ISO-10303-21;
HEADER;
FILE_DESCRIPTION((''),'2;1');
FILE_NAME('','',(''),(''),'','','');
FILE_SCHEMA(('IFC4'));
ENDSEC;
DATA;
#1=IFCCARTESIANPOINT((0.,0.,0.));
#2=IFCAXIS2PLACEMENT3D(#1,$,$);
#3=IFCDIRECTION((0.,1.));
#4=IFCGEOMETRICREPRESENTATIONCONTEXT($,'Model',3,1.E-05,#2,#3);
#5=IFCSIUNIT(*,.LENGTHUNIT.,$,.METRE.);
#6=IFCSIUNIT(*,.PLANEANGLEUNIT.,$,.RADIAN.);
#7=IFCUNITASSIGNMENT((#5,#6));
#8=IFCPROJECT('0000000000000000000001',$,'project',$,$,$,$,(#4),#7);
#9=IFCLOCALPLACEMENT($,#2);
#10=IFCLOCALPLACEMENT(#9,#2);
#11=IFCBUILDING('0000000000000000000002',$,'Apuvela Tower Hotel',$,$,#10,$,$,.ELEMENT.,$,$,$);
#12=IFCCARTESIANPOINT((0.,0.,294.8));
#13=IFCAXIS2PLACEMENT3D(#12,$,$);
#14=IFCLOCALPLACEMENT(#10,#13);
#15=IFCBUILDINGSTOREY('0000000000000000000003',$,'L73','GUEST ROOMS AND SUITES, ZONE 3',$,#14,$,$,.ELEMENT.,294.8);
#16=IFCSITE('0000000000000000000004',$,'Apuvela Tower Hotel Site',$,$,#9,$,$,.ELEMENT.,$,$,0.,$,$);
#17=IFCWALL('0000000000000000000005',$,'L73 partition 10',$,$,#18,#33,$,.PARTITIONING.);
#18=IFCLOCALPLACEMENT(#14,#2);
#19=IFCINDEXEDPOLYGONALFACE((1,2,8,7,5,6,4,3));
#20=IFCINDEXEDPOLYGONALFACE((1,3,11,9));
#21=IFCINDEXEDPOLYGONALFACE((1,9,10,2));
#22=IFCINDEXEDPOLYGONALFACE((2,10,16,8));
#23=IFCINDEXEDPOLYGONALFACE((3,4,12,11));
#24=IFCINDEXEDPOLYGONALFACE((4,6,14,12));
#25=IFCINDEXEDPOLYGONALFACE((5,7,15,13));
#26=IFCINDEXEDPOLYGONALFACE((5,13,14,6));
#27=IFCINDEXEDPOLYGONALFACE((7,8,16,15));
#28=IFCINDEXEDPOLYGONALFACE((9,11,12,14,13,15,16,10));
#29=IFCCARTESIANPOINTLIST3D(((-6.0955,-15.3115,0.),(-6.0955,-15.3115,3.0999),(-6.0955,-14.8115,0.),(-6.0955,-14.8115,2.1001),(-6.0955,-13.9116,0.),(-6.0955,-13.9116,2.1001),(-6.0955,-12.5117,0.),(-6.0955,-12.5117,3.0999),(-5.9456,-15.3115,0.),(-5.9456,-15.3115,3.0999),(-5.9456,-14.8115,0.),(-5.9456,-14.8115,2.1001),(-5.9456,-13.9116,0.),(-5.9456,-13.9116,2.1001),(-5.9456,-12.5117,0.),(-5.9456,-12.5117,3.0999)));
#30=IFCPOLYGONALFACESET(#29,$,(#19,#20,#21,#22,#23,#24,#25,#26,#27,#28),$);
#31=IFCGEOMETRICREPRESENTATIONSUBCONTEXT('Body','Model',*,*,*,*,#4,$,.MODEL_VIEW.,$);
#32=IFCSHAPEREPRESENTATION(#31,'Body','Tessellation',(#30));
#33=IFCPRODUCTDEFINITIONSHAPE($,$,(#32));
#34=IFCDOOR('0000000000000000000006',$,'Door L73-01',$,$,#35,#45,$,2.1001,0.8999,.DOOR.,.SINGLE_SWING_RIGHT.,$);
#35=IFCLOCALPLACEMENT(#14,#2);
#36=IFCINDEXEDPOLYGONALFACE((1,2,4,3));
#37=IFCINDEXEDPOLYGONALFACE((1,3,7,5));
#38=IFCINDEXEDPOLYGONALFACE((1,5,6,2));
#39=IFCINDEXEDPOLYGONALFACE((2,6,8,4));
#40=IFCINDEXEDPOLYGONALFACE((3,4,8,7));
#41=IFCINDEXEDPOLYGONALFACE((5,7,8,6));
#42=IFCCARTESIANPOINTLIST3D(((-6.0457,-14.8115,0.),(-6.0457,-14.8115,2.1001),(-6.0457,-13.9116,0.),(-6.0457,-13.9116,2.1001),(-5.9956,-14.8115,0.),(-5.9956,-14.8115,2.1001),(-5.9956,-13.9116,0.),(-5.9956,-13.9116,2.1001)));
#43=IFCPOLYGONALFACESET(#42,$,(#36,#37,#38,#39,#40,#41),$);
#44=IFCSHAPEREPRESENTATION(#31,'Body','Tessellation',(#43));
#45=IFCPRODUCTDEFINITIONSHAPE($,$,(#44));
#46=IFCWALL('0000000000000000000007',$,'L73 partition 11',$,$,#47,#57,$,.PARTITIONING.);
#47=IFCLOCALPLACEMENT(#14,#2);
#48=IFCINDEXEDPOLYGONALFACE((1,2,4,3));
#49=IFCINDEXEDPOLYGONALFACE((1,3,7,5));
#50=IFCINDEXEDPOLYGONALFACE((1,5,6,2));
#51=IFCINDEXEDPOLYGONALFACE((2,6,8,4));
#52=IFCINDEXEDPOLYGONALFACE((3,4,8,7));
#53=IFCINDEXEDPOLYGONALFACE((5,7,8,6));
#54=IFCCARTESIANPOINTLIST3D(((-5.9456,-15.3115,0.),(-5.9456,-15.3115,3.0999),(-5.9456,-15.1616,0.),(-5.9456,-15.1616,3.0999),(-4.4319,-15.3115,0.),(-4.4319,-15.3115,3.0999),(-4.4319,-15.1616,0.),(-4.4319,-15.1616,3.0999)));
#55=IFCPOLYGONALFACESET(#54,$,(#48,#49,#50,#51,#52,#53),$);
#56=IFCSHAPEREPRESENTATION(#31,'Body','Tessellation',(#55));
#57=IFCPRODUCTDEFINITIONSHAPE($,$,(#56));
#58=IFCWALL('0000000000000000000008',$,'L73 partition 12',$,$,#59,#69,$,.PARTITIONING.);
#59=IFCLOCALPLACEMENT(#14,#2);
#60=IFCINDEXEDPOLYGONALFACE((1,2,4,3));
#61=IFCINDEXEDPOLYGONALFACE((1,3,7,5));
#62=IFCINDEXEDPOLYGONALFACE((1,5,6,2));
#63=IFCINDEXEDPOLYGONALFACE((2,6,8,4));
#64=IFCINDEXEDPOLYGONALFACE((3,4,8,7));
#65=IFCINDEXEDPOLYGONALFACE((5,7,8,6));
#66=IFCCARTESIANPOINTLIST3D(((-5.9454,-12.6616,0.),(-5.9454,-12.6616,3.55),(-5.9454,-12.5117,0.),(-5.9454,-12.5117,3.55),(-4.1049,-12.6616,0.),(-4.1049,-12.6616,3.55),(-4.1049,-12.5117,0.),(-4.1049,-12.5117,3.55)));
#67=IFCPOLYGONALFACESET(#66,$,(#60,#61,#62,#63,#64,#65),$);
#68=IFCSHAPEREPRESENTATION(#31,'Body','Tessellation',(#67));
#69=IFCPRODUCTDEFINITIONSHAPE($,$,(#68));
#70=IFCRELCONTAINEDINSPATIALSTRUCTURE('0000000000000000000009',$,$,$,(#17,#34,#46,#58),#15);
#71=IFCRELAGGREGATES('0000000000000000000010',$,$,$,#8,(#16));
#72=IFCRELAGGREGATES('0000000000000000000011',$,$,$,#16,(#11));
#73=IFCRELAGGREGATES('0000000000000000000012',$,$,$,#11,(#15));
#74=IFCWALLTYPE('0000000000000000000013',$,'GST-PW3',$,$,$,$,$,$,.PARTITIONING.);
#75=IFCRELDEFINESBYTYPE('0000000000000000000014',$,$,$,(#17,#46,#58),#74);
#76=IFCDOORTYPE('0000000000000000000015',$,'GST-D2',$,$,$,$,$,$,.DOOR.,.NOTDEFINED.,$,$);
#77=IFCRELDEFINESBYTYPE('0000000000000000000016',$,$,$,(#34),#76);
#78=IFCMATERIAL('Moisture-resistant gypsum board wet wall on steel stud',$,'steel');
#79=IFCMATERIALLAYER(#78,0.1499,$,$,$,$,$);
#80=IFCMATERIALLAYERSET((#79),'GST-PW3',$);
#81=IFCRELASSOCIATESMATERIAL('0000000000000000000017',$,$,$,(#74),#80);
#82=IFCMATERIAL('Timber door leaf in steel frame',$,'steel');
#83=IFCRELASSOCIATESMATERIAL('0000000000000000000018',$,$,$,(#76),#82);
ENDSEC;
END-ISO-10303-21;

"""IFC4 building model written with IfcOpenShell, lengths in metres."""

from ifc_helpers import new_model, si_unit, direction, frame, frame_2d, origin, place, context, subcontext, project, spatial, rectangle, extrude, material, layer, layer_set, type_object, element, fill, save


model = new_model("IFC4")

# Units and contexts
model_context = context("Model", 3, precision=1e-05, world=origin(), true_north=direction((0.0, 1.0)))
body_context = subcontext(model_context, "Body", "Model", "MODEL_VIEW")
ifc_project = project(units=[si_unit("LENGTHUNIT", "METRE"), si_unit("PLANEANGLEUNIT", "RADIAN")], contexts=[model_context])

# Site, building, storey
site_placement = place(None, origin())
site = spatial("IfcSite", under=ifc_project, at=site_placement, Name="Apuvela Tower Hotel Site", CompositionType="ELEMENT", RefElevation=0.0)
building_placement = place(site_placement, origin())
building = spatial("IfcBuilding", under=site, at=building_placement, Name="Apuvela Tower Hotel", CompositionType="ELEMENT")
storey_placement = place(building_placement, frame((0.0, 0.0, 294.8)))
storey = spatial("IfcBuildingStorey", under=building, at=storey_placement, Name="L73", Description="GUEST ROOMS AND SUITES, ZONE 3", CompositionType="ELEMENT", Elevation=294.8)

# Wall, opening, door
ifc_material_1 = material(Name="Timber door leaf in steel frame", Category="steel")
ifc_material_2 = material(Name="Moisture-resistant gypsum board wet wall on steel stud", Category="steel")
ifc_layer_1 = layer(ifc_material_2, 0.1499)
ifc_layer_set_1 = layer_set([ifc_layer_1], Name="GST-PW3")
wall_type_1 = type_object("IfcWallType", Name="GST-PW3", PredefinedType="PARTITIONING", material=ifc_layer_set_1)
wall_1_placement = place(storey_placement, frame((-6.0205, -12.5117, 0.0), z_axis=(0.0, 0.0, 1.0), x_axis=(0.0, -1.0, 0.0)))
wall_1 = element("IfcWall", 1, at=wall_1_placement, inside=storey, type_object=wall_type_1, Name="L73 partition 10", PredefinedType="PARTITIONING", context=body_context, shape_type="SweptSolid", body=[
    extrude(rectangle(XDim=2.7998, YDim=0.1499, at=frame_2d((1.3999, 0.0))), origin(), (0.0, 0.0, 1.0), 3.0999),
])
opening_1_placement = place(wall_1_placement, frame((1.3999, 0.0, 0.0)))
opening_1 = element("IfcOpeningElement", 2, at=opening_1_placement, cuts=wall_1, PredefinedType="OPENING", context=body_context, shape_type="SweptSolid", body=[
    extrude(rectangle(XDim=0.8999, YDim=2.1001, at=frame_2d((0.45, 1.05))), frame((0.0, 0.085, 0.0), z_axis=(0.0, -1.0, 0.0), x_axis=(1.0, 0.0, 0.0)), (0.0, 0.0, 1.0), 0.1699),
])
door_type_1 = type_object("IfcDoorType", Name="GST-D2", OperationType="NOTDEFINED", PredefinedType="DOOR", material=ifc_material_1)
door_1_placement = place(opening_1_placement, origin())
door_1 = element("IfcDoor", 3, at=door_1_placement, inside=storey, type_object=door_type_1, Name="Door L73-01", OperationType="SINGLE_SWING_RIGHT", OverallHeight=2.1001, OverallWidth=0.8999, PredefinedType="DOOR", context=body_context, shape_type="SweptSolid", body=[
    extrude(rectangle(XDim=0.8999, YDim=2.1001, at=frame_2d((0.45, 1.05))), frame((0.0, 0.0249, 0.0), z_axis=(0.0, -1.0, 0.0), x_axis=(1.0, 0.0, 0.0)), (0.0, 0.0, 1.0), 0.05),
])
fill(opening_1, door_1)

# Walls
wall_2_placement = place(storey_placement, frame((-5.9456, -15.2366, 0.0), z_axis=(0.0, 0.0, 1.0), x_axis=(1.0, 0.0, 0.0)))
element("IfcWall", 4, at=wall_2_placement, inside=storey, type_object=wall_type_1, Name="L73 partition 11", PredefinedType="PARTITIONING", context=body_context, shape_type="SweptSolid", body=[
    extrude(rectangle(XDim=1.5137, YDim=0.1499, at=frame_2d((0.7568, 0.0))), origin(), (0.0, 0.0, 1.0), 3.0999),
])
wall_3_placement = place(storey_placement, frame((-5.9456, -12.5867, 0.0), z_axis=(0.0, 0.0, 1.0), x_axis=(1.0, 0.0, 0.0)))
element("IfcWall", 5, at=wall_3_placement, inside=storey, type_object=wall_type_1, Name="L73 partition 12", PredefinedType="PARTITIONING", context=body_context, shape_type="SweptSolid", body=[
    extrude(rectangle(XDim=1.8406, YDim=0.1499, at=frame_2d((0.9204, 0.0))), origin(), (0.0, 0.0, 1.0), 3.55),
])

save(model, "model.ifc")
